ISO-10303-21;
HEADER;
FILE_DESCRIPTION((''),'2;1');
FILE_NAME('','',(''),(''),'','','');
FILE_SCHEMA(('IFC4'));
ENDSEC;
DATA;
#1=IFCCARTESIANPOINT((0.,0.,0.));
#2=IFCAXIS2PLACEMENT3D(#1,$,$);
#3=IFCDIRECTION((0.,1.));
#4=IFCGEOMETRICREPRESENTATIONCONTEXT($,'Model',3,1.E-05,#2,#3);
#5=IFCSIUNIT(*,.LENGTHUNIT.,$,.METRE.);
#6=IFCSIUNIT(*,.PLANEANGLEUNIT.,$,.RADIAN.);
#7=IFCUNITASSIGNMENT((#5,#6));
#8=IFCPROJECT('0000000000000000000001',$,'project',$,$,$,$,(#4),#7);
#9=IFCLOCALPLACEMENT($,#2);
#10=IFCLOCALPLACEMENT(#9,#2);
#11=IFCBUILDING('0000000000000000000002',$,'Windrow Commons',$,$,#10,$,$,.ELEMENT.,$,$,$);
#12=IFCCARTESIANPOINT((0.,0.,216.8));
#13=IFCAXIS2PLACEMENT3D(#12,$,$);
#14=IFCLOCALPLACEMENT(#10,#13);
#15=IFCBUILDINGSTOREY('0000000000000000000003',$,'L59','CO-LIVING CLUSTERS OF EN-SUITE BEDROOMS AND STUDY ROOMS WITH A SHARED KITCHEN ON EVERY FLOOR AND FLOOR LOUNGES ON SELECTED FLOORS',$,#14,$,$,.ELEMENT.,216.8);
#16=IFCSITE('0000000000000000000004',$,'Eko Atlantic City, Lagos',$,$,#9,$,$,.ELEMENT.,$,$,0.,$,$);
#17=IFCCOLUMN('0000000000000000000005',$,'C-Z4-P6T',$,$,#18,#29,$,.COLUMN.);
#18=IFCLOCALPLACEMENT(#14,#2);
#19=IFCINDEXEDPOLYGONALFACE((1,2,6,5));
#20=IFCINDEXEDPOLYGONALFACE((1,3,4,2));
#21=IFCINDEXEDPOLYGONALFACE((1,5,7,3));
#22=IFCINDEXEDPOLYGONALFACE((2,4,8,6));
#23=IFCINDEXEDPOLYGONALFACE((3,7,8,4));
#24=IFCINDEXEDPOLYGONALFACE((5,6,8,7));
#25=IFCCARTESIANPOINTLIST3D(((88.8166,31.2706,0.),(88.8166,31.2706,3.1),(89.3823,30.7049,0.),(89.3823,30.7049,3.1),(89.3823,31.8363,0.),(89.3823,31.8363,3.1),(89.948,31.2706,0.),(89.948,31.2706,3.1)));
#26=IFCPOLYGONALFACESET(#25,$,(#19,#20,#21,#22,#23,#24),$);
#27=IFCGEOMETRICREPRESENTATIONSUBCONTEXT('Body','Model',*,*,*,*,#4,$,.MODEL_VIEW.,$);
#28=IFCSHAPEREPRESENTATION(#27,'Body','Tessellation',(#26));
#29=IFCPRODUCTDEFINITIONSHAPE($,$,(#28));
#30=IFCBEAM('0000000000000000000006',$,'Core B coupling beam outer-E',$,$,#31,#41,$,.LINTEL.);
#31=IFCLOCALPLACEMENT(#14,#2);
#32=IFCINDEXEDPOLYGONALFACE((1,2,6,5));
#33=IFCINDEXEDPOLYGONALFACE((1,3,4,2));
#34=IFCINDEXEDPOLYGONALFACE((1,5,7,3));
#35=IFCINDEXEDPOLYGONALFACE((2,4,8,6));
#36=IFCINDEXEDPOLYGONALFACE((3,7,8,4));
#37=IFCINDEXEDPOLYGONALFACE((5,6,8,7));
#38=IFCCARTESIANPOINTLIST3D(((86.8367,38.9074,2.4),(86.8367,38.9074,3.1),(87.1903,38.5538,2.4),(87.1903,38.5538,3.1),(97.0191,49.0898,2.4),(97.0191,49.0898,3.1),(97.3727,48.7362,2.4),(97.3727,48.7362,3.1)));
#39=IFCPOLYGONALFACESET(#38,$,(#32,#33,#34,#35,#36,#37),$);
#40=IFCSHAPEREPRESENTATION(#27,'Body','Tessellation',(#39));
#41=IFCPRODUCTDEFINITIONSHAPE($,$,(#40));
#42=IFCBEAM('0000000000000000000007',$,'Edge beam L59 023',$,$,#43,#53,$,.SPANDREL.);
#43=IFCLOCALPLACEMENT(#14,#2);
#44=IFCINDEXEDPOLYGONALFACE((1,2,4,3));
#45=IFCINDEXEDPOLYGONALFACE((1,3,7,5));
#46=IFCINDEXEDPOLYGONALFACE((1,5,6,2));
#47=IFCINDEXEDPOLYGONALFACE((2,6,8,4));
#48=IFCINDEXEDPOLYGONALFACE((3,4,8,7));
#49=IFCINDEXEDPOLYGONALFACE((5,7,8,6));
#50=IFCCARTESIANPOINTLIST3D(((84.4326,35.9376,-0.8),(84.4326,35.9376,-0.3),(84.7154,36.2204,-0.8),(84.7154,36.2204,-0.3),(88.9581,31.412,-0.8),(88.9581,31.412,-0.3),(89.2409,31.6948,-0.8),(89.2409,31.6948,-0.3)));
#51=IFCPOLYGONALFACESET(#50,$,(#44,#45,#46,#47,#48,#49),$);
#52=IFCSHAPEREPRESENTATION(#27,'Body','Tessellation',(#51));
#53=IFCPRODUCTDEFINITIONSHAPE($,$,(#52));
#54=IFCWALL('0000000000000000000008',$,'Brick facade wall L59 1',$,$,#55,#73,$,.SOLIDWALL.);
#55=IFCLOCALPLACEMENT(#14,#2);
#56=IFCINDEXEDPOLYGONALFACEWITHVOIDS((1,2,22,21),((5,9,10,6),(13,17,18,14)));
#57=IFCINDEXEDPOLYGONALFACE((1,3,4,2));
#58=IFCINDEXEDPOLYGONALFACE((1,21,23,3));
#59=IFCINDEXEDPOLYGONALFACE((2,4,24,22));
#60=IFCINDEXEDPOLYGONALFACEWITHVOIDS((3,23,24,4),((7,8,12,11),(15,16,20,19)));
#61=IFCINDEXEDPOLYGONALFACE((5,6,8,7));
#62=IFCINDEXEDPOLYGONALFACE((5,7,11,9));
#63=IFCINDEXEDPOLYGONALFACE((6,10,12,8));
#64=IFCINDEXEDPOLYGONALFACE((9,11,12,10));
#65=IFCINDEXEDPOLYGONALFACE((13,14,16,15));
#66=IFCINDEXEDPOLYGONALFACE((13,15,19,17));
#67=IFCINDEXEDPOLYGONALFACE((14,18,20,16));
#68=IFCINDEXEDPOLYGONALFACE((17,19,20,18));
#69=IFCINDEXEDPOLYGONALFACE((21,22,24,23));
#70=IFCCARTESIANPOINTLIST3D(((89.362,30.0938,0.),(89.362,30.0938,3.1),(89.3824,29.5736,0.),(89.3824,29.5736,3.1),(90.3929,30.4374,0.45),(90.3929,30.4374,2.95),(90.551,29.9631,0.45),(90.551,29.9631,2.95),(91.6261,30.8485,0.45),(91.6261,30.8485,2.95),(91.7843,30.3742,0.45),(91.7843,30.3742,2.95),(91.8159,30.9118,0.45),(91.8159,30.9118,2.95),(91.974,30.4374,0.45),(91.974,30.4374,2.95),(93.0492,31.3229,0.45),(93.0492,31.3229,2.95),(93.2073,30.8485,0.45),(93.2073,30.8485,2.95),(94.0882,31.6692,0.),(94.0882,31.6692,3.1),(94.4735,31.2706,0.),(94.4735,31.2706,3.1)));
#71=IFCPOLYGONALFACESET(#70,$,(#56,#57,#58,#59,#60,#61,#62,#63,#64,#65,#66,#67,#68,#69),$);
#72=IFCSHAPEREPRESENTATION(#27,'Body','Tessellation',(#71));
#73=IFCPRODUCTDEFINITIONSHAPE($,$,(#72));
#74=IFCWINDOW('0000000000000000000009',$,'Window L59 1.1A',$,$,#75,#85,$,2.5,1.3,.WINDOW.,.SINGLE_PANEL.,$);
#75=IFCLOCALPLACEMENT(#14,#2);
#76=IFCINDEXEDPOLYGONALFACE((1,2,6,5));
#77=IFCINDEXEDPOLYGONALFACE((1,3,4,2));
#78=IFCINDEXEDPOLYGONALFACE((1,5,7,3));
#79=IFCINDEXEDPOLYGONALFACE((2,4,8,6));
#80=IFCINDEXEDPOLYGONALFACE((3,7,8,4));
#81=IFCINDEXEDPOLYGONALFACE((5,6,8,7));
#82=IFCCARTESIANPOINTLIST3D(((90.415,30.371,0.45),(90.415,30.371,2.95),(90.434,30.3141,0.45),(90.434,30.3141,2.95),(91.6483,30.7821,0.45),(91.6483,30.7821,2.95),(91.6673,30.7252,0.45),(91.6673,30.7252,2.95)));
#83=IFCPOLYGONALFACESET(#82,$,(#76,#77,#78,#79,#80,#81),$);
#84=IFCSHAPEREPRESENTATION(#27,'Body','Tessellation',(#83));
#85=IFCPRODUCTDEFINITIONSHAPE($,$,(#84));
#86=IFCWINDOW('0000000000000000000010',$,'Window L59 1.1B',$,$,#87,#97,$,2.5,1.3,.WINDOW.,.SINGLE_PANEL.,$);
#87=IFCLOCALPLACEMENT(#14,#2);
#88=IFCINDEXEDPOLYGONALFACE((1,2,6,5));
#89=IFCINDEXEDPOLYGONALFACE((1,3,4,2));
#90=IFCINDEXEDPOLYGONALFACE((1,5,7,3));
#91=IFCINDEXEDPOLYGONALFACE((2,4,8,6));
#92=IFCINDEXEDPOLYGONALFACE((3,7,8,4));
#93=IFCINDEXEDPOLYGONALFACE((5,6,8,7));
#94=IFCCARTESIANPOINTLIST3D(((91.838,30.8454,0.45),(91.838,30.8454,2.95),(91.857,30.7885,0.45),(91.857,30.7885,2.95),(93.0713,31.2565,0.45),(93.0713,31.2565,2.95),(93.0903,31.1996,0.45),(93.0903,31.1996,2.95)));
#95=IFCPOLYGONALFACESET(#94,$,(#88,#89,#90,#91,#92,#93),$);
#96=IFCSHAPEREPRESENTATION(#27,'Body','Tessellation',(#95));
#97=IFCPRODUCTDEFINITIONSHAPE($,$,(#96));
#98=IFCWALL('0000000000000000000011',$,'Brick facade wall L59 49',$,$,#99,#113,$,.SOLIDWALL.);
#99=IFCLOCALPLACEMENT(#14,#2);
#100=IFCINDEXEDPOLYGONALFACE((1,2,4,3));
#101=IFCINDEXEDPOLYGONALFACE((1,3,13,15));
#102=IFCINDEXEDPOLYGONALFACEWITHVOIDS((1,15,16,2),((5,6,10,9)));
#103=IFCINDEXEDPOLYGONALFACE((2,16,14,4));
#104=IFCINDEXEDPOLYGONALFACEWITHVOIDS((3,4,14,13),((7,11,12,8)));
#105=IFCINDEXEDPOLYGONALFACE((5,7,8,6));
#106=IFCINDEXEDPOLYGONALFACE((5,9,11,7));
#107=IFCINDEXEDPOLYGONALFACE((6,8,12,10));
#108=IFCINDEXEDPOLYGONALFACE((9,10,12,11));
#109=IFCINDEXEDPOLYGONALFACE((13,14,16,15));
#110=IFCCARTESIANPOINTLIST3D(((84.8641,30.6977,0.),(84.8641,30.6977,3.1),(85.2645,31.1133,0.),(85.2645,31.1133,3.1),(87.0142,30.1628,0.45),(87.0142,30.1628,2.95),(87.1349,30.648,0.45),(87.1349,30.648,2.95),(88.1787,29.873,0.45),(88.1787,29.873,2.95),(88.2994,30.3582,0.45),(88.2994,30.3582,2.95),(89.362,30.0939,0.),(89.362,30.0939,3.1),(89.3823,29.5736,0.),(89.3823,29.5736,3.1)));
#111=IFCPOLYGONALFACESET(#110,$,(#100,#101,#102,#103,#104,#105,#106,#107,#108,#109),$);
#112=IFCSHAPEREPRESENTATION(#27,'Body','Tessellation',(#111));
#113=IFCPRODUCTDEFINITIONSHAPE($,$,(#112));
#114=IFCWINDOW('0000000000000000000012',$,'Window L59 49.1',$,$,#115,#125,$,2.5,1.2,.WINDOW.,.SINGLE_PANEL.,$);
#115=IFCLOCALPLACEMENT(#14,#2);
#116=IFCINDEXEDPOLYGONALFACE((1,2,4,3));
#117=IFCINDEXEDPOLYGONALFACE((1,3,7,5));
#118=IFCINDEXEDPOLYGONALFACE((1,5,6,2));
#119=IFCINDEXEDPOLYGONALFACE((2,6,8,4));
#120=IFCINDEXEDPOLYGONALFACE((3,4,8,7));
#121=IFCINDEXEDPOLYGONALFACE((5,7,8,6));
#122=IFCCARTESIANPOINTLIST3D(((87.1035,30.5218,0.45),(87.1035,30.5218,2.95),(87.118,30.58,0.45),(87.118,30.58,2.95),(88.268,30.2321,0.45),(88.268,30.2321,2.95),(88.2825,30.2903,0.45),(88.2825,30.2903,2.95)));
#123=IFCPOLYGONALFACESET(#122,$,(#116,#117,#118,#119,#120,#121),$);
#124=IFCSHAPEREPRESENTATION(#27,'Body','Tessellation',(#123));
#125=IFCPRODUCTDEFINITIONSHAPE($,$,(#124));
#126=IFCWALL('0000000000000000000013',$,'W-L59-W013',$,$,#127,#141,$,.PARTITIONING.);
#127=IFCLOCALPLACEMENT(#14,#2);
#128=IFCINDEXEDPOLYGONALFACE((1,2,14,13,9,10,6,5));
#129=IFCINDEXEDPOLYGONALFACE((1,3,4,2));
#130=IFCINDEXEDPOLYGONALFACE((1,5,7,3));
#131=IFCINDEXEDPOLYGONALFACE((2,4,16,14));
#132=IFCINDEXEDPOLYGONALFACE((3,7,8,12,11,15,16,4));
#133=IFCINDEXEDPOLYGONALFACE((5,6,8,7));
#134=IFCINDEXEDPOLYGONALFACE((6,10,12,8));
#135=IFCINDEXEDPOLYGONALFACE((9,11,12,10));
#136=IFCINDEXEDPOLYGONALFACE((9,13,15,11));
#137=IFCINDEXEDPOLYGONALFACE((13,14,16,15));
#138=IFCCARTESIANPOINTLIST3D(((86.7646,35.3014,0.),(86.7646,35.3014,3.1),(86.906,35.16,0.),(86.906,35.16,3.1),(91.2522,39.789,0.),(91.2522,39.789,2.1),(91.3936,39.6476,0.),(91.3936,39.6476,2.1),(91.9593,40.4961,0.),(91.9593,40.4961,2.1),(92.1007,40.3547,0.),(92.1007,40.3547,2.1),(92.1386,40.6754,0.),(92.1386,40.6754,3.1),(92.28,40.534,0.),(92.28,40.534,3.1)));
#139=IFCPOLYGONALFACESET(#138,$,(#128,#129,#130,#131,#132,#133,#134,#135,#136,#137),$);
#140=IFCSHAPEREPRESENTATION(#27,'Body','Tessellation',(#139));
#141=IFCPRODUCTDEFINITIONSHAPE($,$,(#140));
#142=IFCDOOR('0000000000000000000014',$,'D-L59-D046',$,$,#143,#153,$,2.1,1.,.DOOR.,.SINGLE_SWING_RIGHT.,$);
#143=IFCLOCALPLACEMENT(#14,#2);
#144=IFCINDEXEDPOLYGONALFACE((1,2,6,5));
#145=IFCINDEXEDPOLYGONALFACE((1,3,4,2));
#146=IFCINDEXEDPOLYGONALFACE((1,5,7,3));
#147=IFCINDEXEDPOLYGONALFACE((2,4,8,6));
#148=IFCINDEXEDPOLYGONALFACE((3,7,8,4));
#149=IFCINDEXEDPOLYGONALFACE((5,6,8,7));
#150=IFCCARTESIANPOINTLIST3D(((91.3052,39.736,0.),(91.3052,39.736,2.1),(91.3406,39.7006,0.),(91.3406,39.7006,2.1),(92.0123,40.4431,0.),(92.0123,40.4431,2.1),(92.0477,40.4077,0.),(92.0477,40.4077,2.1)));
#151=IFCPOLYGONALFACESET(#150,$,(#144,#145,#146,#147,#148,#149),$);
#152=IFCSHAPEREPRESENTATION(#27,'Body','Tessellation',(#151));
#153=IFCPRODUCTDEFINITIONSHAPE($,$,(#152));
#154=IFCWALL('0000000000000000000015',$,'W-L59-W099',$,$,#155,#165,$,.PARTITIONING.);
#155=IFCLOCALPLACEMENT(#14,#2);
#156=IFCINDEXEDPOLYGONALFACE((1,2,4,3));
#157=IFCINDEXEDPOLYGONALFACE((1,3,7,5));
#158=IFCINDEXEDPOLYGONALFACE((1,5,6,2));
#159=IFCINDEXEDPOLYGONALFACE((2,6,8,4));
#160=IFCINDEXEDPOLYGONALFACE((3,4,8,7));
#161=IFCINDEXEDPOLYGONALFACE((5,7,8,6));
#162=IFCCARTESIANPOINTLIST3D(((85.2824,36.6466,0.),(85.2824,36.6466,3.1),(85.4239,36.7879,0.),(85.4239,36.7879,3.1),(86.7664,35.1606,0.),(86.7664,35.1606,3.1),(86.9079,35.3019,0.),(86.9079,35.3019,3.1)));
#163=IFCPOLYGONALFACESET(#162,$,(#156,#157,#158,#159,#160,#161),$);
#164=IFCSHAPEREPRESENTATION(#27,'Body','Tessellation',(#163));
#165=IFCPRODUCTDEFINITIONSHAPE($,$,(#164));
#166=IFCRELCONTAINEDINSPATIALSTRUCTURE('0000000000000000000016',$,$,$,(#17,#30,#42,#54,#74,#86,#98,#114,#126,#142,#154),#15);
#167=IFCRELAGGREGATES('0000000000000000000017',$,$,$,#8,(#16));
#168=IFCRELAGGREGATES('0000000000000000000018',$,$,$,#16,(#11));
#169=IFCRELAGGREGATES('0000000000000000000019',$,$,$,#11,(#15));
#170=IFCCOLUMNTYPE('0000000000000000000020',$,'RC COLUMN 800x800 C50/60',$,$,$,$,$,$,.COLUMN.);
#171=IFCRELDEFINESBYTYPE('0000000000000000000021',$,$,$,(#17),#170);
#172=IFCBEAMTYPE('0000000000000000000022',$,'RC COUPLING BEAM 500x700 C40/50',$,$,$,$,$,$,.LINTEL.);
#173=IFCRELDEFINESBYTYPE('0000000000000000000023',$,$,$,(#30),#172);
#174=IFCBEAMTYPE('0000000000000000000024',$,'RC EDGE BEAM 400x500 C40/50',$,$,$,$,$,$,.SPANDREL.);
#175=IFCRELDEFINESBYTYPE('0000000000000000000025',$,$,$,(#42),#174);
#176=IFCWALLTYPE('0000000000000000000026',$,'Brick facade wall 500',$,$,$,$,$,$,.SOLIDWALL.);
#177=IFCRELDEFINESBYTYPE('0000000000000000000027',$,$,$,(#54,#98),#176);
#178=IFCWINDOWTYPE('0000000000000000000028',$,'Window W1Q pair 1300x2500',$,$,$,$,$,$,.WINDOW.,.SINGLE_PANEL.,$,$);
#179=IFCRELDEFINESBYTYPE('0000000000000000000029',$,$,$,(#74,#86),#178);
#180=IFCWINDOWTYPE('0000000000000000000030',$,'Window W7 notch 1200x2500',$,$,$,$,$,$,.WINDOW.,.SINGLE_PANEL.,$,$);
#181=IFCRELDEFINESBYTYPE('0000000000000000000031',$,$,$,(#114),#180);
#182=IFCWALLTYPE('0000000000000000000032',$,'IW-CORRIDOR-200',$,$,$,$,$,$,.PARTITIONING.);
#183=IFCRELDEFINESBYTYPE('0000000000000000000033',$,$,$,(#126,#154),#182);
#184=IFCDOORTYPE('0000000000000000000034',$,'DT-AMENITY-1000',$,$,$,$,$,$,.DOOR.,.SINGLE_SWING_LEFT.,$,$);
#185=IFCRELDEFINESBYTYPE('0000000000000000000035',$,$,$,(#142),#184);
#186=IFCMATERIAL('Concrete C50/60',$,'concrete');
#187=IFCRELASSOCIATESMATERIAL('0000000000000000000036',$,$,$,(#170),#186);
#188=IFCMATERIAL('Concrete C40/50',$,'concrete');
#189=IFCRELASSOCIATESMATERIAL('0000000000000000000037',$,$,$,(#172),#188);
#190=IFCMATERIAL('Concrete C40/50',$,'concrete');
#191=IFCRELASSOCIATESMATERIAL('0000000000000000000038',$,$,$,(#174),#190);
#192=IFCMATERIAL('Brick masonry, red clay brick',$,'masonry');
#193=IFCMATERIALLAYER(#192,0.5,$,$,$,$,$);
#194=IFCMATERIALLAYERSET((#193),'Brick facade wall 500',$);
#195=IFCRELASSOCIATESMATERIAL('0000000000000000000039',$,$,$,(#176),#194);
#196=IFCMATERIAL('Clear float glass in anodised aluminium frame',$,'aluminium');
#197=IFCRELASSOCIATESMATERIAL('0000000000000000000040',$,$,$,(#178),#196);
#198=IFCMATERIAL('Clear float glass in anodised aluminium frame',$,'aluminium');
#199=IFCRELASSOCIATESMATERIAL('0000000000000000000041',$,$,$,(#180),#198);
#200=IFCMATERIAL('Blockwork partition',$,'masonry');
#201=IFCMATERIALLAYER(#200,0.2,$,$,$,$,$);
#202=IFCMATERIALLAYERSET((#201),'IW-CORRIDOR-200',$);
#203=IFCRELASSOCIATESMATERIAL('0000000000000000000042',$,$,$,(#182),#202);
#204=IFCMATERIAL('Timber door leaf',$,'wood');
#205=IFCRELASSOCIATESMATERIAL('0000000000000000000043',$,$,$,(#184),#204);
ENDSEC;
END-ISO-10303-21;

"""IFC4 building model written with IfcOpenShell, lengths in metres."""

from ifc_helpers import new_model, si_unit, direction, frame, frame_2d, origin, origin_2d, place, context, subcontext, project, spatial, polyline, rectangle, outline, extrude, material, layer, layer_set, material_profile, profile_set, type_object, element, fill, save


model = new_model("IFC4")

# Units and contexts
model_context = context("Model", 3, precision=1e-05, world=origin(), true_north=direction((0.0, 1.0)))
body_context = subcontext(model_context, "Body", "Model", "MODEL_VIEW")
ifc_project = project(units=[si_unit("LENGTHUNIT", "METRE"), si_unit("PLANEANGLEUNIT", "RADIAN")], contexts=[model_context])

# Site, building, storey
site_placement = place(None, origin())
site = spatial("IfcSite", under=ifc_project, at=site_placement, Name="Eko Atlantic City, Lagos", CompositionType="ELEMENT", RefElevation=0.0)
building_placement = place(site_placement, origin())
building = spatial("IfcBuilding", under=site, at=building_placement, Name="Windrow Commons", CompositionType="ELEMENT")
storey_placement = place(building_placement, frame((0.0, 0.0, 216.8)))
storey = spatial("IfcBuildingStorey", under=building, at=storey_placement, Name="L59", Description="CO-LIVING CLUSTERS OF EN-SUITE BEDROOMS AND STUDY ROOMS WITH A SHARED KITCHEN ON EVERY FLOOR AND FLOOR LOUNGES ON SELECTED FLOORS", CompositionType="ELEMENT", Elevation=216.8)

# Column
ifc_material_1 = material(Name="Concrete C50/60", Category="concrete")
ifc_material_profile_1 = material_profile(ifc_material_1, rectangle(XDim=0.8, YDim=0.8, at=origin_2d()))
ifc_profile_set_1 = profile_set([ifc_material_profile_1], Name="Concrete C50/60")
column_type = type_object("IfcColumnType", Name="RC COLUMN 800x800 C50/60", PredefinedType="COLUMN", material=ifc_profile_set_1)
column_placement = place(storey_placement, frame((89.3823, 31.2706, 0.0), z_axis=(0.0, 0.0, 1.0), x_axis=(0.707107, -0.707107, 0.0)))
element("IfcColumn", 1, at=column_placement, inside=storey, type_object=column_type, Name="C-Z4-P6T", PredefinedType="COLUMN", context=body_context, shape_type="SweptSolid", body=[
    extrude(rectangle(XDim=0.8, YDim=0.8, at=origin_2d()), origin(), (0.0, 0.0, 1.0), 3.1),
])

# Beams
ifc_material_2 = material(Name="Concrete C40/50", Category="concrete")
ifc_material_profile_2 = material_profile(ifc_material_2, rectangle(XDim=0.5, YDim=0.7, at=origin_2d()))
ifc_profile_set_2 = profile_set([ifc_material_profile_2], Name="Concrete C40/50")
beam_type_1 = type_object("IfcBeamType", Name="RC COUPLING BEAM 500x700 C40/50", PredefinedType="LINTEL", material=ifc_profile_set_2)
beam_1_placement = place(storey_placement, frame((87.0135, 38.7306, 2.75), z_axis=(0.707107, 0.707107, 0.0), x_axis=(-0.707107, 0.707107, 0.0)))
element("IfcBeam", 2, at=beam_1_placement, inside=storey, type_object=beam_type_1, Name="Core B coupling beam outer-E", PredefinedType="LINTEL", context=body_context, shape_type="SweptSolid", body=[
    extrude(rectangle(XDim=0.5, YDim=0.7, at=origin_2d()), origin(), (0.0, 0.0, 1.0), 14.4001),
])
ifc_material_3 = material(Name="Concrete C40/50", Category="concrete")
ifc_material_profile_3 = material_profile(ifc_material_3, rectangle(XDim=0.4, YDim=0.5, at=origin_2d()))
ifc_profile_set_3 = profile_set([ifc_material_profile_3], Name="Concrete C40/50")
beam_type_2 = type_object("IfcBeamType", Name="RC EDGE BEAM 400x500 C40/50", PredefinedType="SPANDREL", material=ifc_profile_set_3)
beam_2_placement = place(storey_placement, frame((89.0995, 31.5534, -0.55), z_axis=(-0.707099, 0.707115, 0.0), x_axis=(-0.707115, -0.707099, 0.0)))
element("IfcBeam", 3, at=beam_2_placement, inside=storey, type_object=beam_type_2, Name="Edge beam L59 023", PredefinedType="SPANDREL", context=body_context, shape_type="SweptSolid", body=[
    extrude(rectangle(XDim=0.4, YDim=0.5, at=origin_2d()), origin(), (0.0, 0.0, 1.0), 6.4001),
])

# Wall, openings, windows
ifc_material_4 = material(Name="Brick masonry, red clay brick", Category="masonry")
ifc_layer_1 = layer(ifc_material_4, 0.5)
ifc_layer_set_1 = layer_set([ifc_layer_1], Name="Brick facade wall 500")
wall_type_1 = type_object("IfcWallType", Name="Brick facade wall 500", PredefinedType="SOLIDWALL", material=ifc_layer_set_1)
wall_1_placement = place(storey_placement, frame((89.3722, 29.8337, 0.0), z_axis=(0.0, 0.0, 1.0), x_axis=(0.948683, 0.316228, 0.0)))
wall_1 = element("IfcWall", 4, at=wall_1_placement, inside=storey, type_object=wall_type_1, Name="Brick facade wall L59 1", PredefinedType="SOLIDWALL", context=body_context, shape_type="SweptSolid", body=[
    extrude(outline(polyline([(-0.0726, -0.25), (5.2939, -0.25), (5.0544, 0.25), (0.0726, 0.25), (-0.0726, -0.25)])), origin(), (0.0, 0.0, 1.0), 3.1),
])
opening_1_placement = place(wall_1_placement, frame((1.1592, 0.0, 0.45)))
opening_1 = element("IfcOpeningElement", 5, at=opening_1_placement, cuts=wall_1, PredefinedType="OPENING", context=body_context, shape_type="SweptSolid", body=[
    extrude(rectangle(XDim=1.3, YDim=2.5, at=frame_2d((0.65, 1.25))), frame((0.0, 0.26, 0.0), z_axis=(0.0, -1.0, 0.0), x_axis=(1.0, 0.0, 0.0)), (0.0, 0.0, 1.0), 0.52),
])
opening_2_placement = place(wall_1_placement, frame((2.6592, 0.0, 0.45)))
opening_2 = element("IfcOpeningElement", 6, at=opening_2_placement, cuts=wall_1, PredefinedType="OPENING", context=body_context, shape_type="SweptSolid", body=[
    extrude(rectangle(XDim=1.3, YDim=2.5, at=frame_2d((0.65, 1.25))), frame((0.0, 0.26, 0.0), z_axis=(0.0, -1.0, 0.0), x_axis=(1.0, 0.0, 0.0)), (0.0, 0.0, 1.0), 0.52),
])
ifc_material_5 = material(Name="Clear float glass in anodised aluminium frame", Category="aluminium")
window_type_1 = type_object("IfcWindowType", Name="Window W1Q pair 1300x2500", PartitioningType="SINGLE_PANEL", PredefinedType="WINDOW", material=ifc_material_5)
window_1_placement = place(opening_1_placement, origin())
window_1 = element("IfcWindow", 7, at=window_1_placement, inside=storey, type_object=window_type_1, Name="Window L59 1.1A", OverallHeight=2.5, OverallWidth=1.3, PartitioningType="SINGLE_PANEL", PredefinedType="WINDOW", context=body_context, shape_type="SweptSolid", body=[
    extrude(rectangle(XDim=1.3, YDim=2.5, at=frame_2d((0.65, 1.25))), frame((0.0, 0.18, 0.0), z_axis=(0.0, -1.0, 0.0), x_axis=(1.0, 0.0, 0.0)), (0.0, 0.0, 1.0), 0.06),
])
fill(opening_1, window_1)
window_2_placement = place(opening_2_placement, origin())
window_2 = element("IfcWindow", 8, at=window_2_placement, inside=storey, type_object=window_type_1, Name="Window L59 1.1B", OverallHeight=2.5, OverallWidth=1.3, PartitioningType="SINGLE_PANEL", PredefinedType="WINDOW", context=body_context, shape_type="SweptSolid", body=[
    extrude(rectangle(XDim=1.3, YDim=2.5, at=frame_2d((0.65, 1.25))), frame((0.0, 0.18, 0.0), z_axis=(0.0, -1.0, 0.0), x_axis=(1.0, 0.0, 0.0)), (0.0, 0.0, 1.0), 0.06),
])
fill(opening_2, window_2)

# Wall, opening, window
wall_2_placement = place(storey_placement, frame((85.0643, 30.9055, 0.0), z_axis=(0.0, 0.0, 1.0), x_axis=(0.970416, -0.241438, 0.0)))
wall_2 = element("IfcWall", 9, at=wall_2_placement, inside=storey, type_object=wall_type_1, Name="Brick facade wall L59 49", PredefinedType="SOLIDWALL", context=body_context, shape_type="SweptSolid", body=[
    extrude(outline(polyline([(-0.1441, -0.25), (4.5118, -0.25), (4.3665, 0.25), (0.1441, 0.25), (-0.1441, -0.25)])), origin(), (0.0, 0.0, 1.0), 3.1),
])
opening_3_placement = place(wall_2_placement, frame((2.0715, 0.0, 0.45)))
opening_3 = element("IfcOpeningElement", 10, at=opening_3_placement, cuts=wall_2, PredefinedType="OPENING", context=body_context, shape_type="SweptSolid", body=[
    extrude(rectangle(XDim=1.2, YDim=2.5, at=frame_2d((0.6, 1.25))), frame((0.0, 0.26, 0.0), z_axis=(0.0, -1.0, 0.0), x_axis=(1.0, 0.0, 0.0)), (0.0, 0.0, 1.0), 0.52),
])
ifc_material_6 = material(Name="Clear float glass in anodised aluminium frame", Category="aluminium")
window_type_2 = type_object("IfcWindowType", Name="Window W7 notch 1200x2500", PartitioningType="SINGLE_PANEL", PredefinedType="WINDOW", material=ifc_material_6)
window_3_placement = place(opening_3_placement, origin())
window_3 = element("IfcWindow", 11, at=window_3_placement, inside=storey, type_object=window_type_2, Name="Window L59 49.1", OverallHeight=2.5, OverallWidth=1.2, PartitioningType="SINGLE_PANEL", PredefinedType="WINDOW", context=body_context, shape_type="SweptSolid", body=[
    extrude(rectangle(XDim=1.2, YDim=2.5, at=frame_2d((0.6, 1.25))), frame((0.0, 0.18, 0.0), z_axis=(0.0, -1.0, 0.0), x_axis=(1.0, 0.0, 0.0)), (0.0, 0.0, 1.0), 0.06),
])
fill(opening_3, window_3)

# Wall, opening, door
ifc_material_7 = material(Name="Blockwork partition", Category="masonry")
ifc_layer_2 = layer(ifc_material_7, 0.2)
ifc_layer_set_2 = layer_set([ifc_layer_2], Name="IW-CORRIDOR-200")
wall_type_2 = type_object("IfcWallType", Name="IW-CORRIDOR-200", PredefinedType="PARTITIONING", material=ifc_layer_set_2)
wall_3_placement = place(storey_placement, frame((86.8353, 35.2307, 0.0), z_axis=(0.0, 0.0, 1.0), x_axis=(0.707107, 0.707107, 0.0)))
wall_3 = element("IfcWall", 12, at=wall_3_placement, inside=storey, type_object=wall_type_2, Name="W-L59-W013", PredefinedType="PARTITIONING", context=body_context, shape_type="SweptSolid", body=[
    extrude(rectangle(XDim=7.6, YDim=0.2, at=frame_2d((3.8, 0.0))), origin(), (0.0, 0.0, 1.0), 3.1),
])
opening_4_placement = place(wall_3_placement, frame((6.3464, 0.0, 0.0)))
opening_4 = element("IfcOpeningElement", 13, at=opening_4_placement, cuts=wall_3, PredefinedType="OPENING", context=body_context, shape_type="SweptSolid", body=[
    extrude(rectangle(XDim=1.0, YDim=2.1, at=frame_2d((0.5, 1.05))), frame((0.0, 0.11, 0.0), z_axis=(0.0, -1.0, 0.0), x_axis=(1.0, 0.0, 0.0)), (0.0, 0.0, 1.0), 0.22),
])
ifc_material_8 = material(Name="Timber door leaf", Category="wood")
door_type_1 = type_object("IfcDoorType", Name="DT-AMENITY-1000", OperationType="SINGLE_SWING_LEFT", PredefinedType="DOOR", material=ifc_material_8)
door_1_placement = place(opening_4_placement, origin())
door_1 = element("IfcDoor", 14, at=door_1_placement, inside=storey, type_object=door_type_1, Name="D-L59-D046", OperationType="SINGLE_SWING_RIGHT", OverallHeight=2.1, OverallWidth=1.0, PredefinedType="DOOR", context=body_context, shape_type="SweptSolid", body=[
    extrude(rectangle(XDim=1.0, YDim=2.1, at=frame_2d((0.5, 1.05))), frame((0.0, 0.025, 0.0), z_axis=(0.0, -1.0, 0.0), x_axis=(1.0, 0.0, 0.0)), (0.0, 0.0, 1.0), 0.05),
])
fill(opening_4, door_1)

# Wall
wall_4_placement = place(storey_placement, frame((85.3532, 36.7172, 0.0), z_axis=(0.0, 0.0, 1.0), x_axis=(0.70663, -0.707583, 0.0)))
element("IfcWall", 15, at=wall_4_placement, inside=storey, type_object=wall_type_2, Name="W-L59-W099", PredefinedType="PARTITIONING", context=body_context, shape_type="SweptSolid", body=[
    extrude(rectangle(XDim=2.1001, YDim=0.2, at=frame_2d((1.05, 0.0))), origin(), (0.0, 0.0, 1.0), 3.1),
])

save(model, "model.ifc")
